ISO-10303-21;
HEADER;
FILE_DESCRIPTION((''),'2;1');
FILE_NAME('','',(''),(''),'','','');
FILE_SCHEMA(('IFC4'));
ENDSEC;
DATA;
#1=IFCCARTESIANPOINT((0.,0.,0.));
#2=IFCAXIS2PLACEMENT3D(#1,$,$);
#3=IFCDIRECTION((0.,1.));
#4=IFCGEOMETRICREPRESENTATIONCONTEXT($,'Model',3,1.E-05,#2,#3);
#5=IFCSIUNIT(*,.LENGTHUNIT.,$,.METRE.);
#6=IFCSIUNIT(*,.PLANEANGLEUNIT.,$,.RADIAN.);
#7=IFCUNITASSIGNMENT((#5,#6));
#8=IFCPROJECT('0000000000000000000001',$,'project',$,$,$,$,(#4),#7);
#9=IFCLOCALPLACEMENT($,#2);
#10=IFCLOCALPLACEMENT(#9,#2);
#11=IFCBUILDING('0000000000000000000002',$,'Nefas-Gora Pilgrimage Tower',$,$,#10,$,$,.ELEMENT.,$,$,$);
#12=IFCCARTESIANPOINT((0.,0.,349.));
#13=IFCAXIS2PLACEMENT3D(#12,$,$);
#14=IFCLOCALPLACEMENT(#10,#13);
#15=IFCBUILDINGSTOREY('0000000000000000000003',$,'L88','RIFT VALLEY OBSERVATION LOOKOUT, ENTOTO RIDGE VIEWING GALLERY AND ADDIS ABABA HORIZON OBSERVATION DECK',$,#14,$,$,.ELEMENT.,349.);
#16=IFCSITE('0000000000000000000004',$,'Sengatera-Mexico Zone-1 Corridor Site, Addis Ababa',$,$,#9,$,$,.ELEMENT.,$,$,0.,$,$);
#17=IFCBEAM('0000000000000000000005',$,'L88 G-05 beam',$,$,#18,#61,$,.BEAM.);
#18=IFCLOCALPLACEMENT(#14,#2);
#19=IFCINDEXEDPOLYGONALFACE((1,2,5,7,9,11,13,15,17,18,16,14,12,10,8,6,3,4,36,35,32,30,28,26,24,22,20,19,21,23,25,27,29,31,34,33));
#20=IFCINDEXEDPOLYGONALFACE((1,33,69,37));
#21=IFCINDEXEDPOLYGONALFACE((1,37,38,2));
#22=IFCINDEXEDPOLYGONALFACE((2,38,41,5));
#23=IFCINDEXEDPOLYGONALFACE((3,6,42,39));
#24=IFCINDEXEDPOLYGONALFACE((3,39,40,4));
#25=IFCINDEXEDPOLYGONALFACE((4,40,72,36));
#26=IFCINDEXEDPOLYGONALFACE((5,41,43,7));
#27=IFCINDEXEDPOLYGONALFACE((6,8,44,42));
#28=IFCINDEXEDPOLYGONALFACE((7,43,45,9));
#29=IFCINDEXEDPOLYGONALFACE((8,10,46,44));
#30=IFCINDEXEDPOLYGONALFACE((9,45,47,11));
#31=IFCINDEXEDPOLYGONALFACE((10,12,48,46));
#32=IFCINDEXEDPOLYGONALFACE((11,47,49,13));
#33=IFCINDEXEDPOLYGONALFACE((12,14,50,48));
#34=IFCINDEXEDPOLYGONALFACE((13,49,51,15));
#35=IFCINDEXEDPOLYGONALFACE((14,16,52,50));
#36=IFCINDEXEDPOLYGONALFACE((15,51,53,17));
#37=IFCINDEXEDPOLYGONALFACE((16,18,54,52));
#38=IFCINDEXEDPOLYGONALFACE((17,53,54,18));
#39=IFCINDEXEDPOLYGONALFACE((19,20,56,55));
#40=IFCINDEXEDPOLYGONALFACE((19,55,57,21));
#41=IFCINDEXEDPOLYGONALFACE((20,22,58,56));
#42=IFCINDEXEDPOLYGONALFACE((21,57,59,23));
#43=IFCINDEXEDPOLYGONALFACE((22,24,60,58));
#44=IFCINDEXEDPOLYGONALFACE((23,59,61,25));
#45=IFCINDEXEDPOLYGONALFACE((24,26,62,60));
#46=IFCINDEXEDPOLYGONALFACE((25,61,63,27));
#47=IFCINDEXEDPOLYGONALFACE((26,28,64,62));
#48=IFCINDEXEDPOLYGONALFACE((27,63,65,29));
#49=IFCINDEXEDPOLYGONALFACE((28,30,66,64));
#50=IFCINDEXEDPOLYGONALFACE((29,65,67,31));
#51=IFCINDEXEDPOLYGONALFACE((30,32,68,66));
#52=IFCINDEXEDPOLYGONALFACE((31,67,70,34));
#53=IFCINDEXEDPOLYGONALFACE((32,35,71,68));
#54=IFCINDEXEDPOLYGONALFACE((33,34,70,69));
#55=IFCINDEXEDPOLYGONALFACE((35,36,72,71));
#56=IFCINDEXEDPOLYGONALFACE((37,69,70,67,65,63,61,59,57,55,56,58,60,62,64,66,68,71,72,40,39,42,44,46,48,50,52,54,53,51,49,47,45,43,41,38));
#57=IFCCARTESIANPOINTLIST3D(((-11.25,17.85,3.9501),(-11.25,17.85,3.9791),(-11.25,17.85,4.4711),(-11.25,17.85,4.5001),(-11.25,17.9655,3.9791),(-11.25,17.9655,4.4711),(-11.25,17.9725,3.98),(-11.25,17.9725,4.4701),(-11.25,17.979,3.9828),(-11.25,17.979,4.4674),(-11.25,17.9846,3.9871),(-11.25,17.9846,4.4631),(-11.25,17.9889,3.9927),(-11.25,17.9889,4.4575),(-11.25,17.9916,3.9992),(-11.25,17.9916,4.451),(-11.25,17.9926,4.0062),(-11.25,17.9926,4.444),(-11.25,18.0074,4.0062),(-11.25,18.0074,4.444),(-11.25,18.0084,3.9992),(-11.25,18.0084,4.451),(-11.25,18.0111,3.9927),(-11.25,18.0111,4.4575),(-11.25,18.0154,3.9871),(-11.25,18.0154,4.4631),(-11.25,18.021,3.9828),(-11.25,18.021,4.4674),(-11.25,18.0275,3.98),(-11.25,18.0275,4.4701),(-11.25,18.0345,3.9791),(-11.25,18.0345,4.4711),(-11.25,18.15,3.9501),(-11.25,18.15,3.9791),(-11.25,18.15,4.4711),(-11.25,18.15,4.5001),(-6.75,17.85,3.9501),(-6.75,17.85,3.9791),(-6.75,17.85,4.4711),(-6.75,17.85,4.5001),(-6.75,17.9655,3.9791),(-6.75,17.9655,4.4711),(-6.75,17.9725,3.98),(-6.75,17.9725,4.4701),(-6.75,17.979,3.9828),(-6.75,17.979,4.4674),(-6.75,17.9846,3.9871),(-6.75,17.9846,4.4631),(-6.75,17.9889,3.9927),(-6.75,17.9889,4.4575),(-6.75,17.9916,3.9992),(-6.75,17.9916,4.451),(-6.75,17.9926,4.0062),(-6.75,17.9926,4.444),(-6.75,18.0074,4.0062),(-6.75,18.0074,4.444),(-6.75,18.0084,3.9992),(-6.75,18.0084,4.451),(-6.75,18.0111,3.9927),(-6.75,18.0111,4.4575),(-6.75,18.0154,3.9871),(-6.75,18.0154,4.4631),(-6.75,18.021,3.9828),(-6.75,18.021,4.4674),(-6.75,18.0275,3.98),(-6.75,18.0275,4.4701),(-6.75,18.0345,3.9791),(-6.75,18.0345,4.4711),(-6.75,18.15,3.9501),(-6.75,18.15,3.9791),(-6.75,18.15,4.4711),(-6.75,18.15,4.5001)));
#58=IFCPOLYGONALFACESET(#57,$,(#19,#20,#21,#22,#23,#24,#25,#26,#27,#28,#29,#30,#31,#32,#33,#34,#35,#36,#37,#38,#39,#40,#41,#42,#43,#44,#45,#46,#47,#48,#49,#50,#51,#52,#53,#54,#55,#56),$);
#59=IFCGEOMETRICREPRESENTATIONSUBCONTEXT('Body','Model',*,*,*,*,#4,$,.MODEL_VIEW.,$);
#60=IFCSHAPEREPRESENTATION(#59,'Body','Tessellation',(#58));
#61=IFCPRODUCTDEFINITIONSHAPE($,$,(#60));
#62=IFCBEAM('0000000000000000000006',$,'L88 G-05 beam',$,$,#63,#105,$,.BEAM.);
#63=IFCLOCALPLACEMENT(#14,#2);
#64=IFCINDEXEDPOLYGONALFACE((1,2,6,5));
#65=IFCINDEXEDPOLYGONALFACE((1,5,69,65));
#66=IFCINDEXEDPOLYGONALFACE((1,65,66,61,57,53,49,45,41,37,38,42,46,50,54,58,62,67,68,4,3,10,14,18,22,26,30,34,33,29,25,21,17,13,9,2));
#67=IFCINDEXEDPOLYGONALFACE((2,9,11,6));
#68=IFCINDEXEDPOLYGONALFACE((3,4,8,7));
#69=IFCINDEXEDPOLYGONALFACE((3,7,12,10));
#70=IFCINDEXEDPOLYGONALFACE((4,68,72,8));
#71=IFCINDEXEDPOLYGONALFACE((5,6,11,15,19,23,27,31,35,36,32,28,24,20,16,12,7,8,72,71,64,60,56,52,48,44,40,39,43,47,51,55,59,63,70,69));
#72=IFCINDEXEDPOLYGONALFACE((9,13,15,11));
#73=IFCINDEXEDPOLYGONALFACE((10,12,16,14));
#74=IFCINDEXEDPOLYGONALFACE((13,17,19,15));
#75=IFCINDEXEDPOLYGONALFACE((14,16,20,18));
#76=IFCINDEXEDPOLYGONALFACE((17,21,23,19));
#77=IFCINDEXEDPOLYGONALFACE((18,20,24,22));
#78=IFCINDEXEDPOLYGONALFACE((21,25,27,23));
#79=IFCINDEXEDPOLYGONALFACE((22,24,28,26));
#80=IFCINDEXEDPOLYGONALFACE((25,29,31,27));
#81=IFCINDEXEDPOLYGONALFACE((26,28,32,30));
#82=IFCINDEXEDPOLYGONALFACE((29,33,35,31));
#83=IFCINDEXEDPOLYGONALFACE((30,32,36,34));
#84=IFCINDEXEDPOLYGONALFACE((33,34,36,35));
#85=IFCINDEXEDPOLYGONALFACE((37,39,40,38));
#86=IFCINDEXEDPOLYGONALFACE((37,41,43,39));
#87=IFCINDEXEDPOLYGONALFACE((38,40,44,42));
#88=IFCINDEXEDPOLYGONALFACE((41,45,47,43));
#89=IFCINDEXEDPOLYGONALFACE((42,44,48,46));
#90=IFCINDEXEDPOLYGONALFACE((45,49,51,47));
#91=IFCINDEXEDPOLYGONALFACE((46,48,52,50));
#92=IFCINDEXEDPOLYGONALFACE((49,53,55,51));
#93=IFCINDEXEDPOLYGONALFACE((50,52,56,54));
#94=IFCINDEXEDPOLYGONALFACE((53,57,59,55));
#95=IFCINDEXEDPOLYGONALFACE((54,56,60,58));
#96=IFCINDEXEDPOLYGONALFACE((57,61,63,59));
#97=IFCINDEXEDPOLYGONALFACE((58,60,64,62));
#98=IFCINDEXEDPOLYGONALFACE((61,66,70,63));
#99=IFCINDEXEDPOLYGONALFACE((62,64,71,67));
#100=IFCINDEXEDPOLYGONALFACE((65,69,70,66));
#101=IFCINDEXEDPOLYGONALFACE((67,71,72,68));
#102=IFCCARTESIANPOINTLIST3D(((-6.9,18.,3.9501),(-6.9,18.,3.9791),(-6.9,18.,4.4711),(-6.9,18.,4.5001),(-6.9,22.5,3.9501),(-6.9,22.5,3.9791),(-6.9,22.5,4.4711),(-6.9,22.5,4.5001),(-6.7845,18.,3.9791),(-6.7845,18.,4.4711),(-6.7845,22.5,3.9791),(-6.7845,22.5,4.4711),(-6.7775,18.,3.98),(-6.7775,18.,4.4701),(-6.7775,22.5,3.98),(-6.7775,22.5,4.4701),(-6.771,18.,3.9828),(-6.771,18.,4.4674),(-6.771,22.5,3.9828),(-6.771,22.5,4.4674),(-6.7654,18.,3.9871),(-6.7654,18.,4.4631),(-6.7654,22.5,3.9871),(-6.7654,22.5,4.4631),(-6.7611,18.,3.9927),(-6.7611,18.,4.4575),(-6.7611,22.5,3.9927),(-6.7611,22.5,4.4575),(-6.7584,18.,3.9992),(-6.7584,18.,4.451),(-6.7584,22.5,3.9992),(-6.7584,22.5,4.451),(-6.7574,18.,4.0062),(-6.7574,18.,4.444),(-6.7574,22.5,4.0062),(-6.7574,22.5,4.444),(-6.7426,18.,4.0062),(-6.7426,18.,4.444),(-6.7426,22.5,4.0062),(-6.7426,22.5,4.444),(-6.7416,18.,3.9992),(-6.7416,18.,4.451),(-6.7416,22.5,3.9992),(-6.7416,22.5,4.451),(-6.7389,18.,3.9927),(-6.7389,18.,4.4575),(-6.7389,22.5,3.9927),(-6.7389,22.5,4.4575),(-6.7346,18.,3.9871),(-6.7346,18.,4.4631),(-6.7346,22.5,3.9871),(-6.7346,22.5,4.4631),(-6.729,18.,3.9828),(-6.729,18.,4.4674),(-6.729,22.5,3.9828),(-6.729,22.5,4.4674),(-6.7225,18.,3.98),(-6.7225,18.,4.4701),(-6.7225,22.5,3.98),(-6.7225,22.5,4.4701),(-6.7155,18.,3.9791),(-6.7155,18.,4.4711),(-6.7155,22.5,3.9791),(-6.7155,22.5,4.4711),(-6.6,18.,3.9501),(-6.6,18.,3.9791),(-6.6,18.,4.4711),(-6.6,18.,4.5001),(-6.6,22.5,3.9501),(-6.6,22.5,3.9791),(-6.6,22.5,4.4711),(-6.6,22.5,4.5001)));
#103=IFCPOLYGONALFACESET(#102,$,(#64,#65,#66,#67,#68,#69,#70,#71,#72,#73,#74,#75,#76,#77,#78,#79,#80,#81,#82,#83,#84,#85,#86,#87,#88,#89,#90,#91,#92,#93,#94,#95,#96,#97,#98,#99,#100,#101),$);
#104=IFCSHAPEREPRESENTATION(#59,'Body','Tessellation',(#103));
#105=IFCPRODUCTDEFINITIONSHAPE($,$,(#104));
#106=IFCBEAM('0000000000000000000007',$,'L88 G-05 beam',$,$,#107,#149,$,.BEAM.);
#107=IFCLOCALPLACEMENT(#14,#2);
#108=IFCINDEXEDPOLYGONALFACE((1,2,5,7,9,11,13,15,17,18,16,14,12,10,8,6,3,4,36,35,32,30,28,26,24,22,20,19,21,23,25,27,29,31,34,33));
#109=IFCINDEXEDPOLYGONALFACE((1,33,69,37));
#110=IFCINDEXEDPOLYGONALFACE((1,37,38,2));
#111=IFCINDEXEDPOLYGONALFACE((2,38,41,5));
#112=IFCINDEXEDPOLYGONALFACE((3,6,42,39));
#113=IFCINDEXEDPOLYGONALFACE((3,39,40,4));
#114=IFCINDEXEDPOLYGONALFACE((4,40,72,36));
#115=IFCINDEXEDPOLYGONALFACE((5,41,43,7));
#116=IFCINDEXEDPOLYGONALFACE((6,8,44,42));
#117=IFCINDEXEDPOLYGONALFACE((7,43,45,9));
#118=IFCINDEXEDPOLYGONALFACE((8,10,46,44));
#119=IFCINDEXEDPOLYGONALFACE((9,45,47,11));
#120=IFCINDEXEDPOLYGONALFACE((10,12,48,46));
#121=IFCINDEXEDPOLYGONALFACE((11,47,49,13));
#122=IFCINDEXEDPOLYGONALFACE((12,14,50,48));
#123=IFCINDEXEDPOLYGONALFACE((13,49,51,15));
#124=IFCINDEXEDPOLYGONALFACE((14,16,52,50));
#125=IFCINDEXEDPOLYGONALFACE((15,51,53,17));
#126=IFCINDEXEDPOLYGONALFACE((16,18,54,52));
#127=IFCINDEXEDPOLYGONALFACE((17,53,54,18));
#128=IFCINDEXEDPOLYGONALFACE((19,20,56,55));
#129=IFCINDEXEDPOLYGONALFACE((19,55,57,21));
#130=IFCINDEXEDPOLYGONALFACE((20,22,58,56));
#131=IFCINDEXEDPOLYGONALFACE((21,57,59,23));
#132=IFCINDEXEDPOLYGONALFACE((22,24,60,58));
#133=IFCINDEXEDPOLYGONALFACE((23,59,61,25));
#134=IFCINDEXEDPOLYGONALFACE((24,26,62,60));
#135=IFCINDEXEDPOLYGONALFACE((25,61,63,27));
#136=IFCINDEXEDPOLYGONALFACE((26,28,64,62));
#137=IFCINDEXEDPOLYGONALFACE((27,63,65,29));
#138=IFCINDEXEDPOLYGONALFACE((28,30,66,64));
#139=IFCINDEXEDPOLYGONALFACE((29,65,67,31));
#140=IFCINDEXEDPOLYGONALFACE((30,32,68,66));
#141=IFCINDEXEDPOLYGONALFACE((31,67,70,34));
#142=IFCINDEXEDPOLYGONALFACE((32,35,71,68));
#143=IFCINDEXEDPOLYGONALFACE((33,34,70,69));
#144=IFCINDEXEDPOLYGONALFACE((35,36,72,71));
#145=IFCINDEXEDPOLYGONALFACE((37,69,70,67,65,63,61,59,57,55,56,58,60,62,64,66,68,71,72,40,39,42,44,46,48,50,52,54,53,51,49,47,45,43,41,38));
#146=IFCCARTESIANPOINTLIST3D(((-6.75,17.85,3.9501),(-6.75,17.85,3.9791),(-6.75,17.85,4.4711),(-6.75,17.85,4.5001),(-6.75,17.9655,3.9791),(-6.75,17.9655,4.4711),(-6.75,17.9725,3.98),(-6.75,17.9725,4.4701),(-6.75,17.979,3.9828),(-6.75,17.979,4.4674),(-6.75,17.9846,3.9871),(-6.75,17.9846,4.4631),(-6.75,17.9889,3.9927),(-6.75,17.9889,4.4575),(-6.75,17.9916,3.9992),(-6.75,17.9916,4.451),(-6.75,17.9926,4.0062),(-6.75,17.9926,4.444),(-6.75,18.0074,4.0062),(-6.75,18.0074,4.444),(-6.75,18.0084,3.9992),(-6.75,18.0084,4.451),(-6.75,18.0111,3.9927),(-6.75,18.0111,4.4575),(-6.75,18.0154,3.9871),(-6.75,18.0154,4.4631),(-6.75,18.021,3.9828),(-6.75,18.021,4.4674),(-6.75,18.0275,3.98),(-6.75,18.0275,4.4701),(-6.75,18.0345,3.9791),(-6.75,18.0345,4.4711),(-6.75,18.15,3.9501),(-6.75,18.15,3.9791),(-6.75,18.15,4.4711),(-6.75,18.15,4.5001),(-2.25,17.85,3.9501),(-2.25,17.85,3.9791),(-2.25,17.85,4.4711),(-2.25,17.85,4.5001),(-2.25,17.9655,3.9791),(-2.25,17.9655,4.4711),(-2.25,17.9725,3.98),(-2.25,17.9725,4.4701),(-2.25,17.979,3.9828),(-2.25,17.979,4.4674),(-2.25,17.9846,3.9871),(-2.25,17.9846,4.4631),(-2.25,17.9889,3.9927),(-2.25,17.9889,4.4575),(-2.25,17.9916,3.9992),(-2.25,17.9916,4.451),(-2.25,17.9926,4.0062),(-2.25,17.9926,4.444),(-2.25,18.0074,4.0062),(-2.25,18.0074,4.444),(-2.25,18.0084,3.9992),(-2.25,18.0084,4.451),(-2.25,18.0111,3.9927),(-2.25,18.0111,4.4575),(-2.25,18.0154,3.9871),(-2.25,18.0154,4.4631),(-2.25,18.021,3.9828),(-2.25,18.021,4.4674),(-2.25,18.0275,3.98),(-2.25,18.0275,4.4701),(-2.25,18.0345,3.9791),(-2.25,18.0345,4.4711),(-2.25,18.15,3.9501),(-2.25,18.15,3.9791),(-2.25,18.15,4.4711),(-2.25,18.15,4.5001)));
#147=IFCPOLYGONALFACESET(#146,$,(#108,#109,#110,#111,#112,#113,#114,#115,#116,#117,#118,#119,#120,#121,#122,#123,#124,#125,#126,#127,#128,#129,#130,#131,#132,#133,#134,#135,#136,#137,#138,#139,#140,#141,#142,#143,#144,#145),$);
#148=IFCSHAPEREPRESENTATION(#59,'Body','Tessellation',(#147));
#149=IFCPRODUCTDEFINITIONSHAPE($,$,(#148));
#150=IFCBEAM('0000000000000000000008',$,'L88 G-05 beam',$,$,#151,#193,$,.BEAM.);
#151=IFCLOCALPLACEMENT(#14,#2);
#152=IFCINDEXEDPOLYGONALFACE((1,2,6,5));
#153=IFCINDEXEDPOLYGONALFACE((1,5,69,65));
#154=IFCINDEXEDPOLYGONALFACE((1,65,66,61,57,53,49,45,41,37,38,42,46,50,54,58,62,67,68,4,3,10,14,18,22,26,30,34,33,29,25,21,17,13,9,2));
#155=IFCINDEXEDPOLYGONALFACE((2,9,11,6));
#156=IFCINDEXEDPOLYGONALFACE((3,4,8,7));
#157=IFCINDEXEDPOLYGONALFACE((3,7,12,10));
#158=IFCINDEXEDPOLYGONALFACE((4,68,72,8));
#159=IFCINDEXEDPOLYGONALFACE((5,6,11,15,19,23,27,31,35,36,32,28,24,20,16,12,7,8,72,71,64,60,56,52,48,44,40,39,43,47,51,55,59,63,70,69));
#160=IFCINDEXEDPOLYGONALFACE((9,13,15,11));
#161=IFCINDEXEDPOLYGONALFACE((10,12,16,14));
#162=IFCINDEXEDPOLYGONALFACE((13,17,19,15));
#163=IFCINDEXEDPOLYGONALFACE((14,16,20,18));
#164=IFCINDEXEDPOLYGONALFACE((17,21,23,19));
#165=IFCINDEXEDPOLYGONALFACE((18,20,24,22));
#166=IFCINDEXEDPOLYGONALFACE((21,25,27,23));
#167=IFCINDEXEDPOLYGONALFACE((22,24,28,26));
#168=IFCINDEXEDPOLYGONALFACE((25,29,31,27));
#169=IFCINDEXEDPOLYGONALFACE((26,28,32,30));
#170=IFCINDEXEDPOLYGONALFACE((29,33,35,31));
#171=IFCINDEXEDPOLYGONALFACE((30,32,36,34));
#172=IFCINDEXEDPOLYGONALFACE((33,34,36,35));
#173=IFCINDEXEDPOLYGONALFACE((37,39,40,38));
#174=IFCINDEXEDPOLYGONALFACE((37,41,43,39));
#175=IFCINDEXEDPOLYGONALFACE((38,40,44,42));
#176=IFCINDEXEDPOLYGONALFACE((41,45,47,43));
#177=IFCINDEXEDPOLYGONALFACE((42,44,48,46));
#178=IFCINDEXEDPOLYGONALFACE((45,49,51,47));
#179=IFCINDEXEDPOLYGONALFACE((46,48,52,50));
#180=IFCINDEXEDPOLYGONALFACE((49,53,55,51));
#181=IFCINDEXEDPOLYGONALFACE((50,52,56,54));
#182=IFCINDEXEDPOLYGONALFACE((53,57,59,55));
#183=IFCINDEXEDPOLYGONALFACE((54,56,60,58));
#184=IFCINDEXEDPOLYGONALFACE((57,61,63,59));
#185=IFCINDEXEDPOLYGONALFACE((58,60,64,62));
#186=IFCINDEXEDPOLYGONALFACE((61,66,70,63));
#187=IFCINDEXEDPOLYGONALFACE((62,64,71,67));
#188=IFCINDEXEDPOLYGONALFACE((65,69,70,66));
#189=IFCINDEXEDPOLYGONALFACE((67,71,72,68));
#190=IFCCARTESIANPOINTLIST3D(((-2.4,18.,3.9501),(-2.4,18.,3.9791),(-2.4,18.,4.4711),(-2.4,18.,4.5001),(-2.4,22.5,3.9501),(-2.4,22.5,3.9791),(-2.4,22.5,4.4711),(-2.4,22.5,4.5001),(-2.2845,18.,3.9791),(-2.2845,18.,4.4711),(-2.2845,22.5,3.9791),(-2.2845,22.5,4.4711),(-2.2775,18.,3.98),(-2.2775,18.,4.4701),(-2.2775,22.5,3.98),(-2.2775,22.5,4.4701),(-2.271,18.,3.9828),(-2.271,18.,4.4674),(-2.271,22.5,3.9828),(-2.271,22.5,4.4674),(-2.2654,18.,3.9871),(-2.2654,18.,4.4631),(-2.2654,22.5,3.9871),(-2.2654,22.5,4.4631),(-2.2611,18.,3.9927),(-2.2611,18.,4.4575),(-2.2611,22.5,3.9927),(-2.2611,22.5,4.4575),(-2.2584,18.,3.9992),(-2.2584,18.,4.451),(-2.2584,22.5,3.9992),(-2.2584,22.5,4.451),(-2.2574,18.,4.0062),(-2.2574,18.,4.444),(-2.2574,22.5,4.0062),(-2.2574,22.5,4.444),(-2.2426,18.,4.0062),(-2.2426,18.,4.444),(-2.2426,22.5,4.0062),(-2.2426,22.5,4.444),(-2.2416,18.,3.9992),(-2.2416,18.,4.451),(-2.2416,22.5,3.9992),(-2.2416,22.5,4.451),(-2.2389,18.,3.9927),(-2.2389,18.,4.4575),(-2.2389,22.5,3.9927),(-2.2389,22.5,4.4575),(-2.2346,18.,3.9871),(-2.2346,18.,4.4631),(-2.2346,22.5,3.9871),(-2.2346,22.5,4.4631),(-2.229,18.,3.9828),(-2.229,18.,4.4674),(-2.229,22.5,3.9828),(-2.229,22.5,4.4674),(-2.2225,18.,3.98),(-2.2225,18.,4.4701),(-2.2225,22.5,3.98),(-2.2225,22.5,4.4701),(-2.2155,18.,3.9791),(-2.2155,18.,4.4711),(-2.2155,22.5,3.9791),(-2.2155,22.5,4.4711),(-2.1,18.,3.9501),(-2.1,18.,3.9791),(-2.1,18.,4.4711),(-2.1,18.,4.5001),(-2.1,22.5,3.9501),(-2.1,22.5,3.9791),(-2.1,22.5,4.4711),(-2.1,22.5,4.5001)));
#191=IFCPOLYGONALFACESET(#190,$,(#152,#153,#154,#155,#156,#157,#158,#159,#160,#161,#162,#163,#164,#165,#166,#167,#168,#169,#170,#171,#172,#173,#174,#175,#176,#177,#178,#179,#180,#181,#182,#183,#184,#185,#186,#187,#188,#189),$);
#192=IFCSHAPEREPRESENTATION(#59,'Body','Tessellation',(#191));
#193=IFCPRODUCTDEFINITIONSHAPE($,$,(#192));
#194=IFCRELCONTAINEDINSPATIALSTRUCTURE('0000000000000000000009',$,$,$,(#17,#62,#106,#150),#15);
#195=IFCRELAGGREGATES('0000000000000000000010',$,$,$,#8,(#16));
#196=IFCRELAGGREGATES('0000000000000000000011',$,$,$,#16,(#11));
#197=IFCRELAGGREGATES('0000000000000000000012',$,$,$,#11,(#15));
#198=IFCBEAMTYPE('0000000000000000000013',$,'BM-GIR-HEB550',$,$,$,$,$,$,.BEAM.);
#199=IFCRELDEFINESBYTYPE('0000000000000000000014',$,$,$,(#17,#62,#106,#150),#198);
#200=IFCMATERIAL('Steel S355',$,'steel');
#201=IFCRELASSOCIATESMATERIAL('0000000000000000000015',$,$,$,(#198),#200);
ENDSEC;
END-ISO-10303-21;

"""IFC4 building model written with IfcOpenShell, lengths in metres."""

from ifc_helpers import new_model, si_unit, direction, frame, origin, origin_2d, place, context, subcontext, project, spatial, i_section, extrude, source, transform, mapped, material, material_profile, profile_set, type_object, element, save


model = new_model("IFC4")

# Units and contexts
model_context = context("Model", 3, precision=1e-05, world=origin(), true_north=direction((0.0, 1.0)))
body_context = subcontext(model_context, "Body", "Model", "MODEL_VIEW")
ifc_project = project(units=[si_unit("LENGTHUNIT", "METRE"), si_unit("PLANEANGLEUNIT", "RADIAN")], contexts=[model_context])

# Site, building, storey
site_placement = place(None, origin())
site = spatial("IfcSite", under=ifc_project, at=site_placement, Name="Sengatera-Mexico Zone-1 Corridor Site, Addis Ababa", CompositionType="ELEMENT", RefElevation=0.0)
building_placement = place(site_placement, origin())
building = spatial("IfcBuilding", under=site, at=building_placement, Name="Nefas-Gora Pilgrimage Tower", CompositionType="ELEMENT")
storey_placement = place(building_placement, frame((0.0, 0.0, 349.0)))
storey = spatial("IfcBuildingStorey", under=building, at=storey_placement, Name="L88", Description="RIFT VALLEY OBSERVATION LOOKOUT, ENTOTO RIDGE VIEWING GALLERY AND ADDIS ABABA HORIZON OBSERVATION DECK", CompositionType="ELEMENT", Elevation=349.0)

# Shared definitions
ifc_material_1 = material(Name="Steel S355", Category="steel")

# Beams
ifc_material_profile_1 = material_profile(ifc_material_1, i_section(OverallWidth=0.3, OverallDepth=0.55, WebThickness=0.0149, FlangeThickness=0.0291, FilletRadius=0.0271, at=origin_2d()), Name="HEB 550")
ifc_profile_set_1 = profile_set([ifc_material_profile_1], Name="Steel S355")
beam_type_1 = type_object("IfcBeamType", Name="BM-GIR-HEB550", PredefinedType="BEAM", material=ifc_profile_set_1)
shared_shape_1 = source(origin(), body_context, "Body", "SweptSolid", [
    extrude(i_section(OverallWidth=0.3, OverallDepth=0.55, WebThickness=0.0149, FlangeThickness=0.0291, FilletRadius=0.0271, at=origin_2d()), origin(), (0.0, 0.0, 1.0), 4.5),
])
for number, where, z_axis, x_axis, name in (
    (1, (-11.25, 18.0, 4.2251), (1.0, 0.0, 0.0), (0.0, 1.0, 0.0), "L88 G-05 beam"),
    (2, (-6.75, 18.0, 4.2251), (0.0, 1.0, 0.0), (-1.0, 0.0, 0.0), "L88 G-05 beam"),
    (3, (-6.75, 18.0, 4.2251), (1.0, 0.0, 0.0), (0.0, 1.0, 0.0), "L88 G-05 beam"),
    (4, (-2.25, 18.0, 4.2251), (0.0, 1.0, 0.0), (-1.0, 0.0, 0.0), "L88 G-05 beam"),
):
    element("IfcBeam", number, at=place(storey_placement, frame(where, z_axis=z_axis, x_axis=x_axis)), inside=storey, type_object=beam_type_1, Name=name, PredefinedType="BEAM", context=body_context, shape_type="MappedRepresentation", body=[
        mapped(shared_shape_1, transform((0.0, 0.0, 0.0), x_axis=(1.0, 0.0, 0.0), y_axis=(0.0, 1.0, 0.0), z_axis=(0.0, 0.0, 1.0), scale=1.0)),
    ])

save(model, "model.ifc")
